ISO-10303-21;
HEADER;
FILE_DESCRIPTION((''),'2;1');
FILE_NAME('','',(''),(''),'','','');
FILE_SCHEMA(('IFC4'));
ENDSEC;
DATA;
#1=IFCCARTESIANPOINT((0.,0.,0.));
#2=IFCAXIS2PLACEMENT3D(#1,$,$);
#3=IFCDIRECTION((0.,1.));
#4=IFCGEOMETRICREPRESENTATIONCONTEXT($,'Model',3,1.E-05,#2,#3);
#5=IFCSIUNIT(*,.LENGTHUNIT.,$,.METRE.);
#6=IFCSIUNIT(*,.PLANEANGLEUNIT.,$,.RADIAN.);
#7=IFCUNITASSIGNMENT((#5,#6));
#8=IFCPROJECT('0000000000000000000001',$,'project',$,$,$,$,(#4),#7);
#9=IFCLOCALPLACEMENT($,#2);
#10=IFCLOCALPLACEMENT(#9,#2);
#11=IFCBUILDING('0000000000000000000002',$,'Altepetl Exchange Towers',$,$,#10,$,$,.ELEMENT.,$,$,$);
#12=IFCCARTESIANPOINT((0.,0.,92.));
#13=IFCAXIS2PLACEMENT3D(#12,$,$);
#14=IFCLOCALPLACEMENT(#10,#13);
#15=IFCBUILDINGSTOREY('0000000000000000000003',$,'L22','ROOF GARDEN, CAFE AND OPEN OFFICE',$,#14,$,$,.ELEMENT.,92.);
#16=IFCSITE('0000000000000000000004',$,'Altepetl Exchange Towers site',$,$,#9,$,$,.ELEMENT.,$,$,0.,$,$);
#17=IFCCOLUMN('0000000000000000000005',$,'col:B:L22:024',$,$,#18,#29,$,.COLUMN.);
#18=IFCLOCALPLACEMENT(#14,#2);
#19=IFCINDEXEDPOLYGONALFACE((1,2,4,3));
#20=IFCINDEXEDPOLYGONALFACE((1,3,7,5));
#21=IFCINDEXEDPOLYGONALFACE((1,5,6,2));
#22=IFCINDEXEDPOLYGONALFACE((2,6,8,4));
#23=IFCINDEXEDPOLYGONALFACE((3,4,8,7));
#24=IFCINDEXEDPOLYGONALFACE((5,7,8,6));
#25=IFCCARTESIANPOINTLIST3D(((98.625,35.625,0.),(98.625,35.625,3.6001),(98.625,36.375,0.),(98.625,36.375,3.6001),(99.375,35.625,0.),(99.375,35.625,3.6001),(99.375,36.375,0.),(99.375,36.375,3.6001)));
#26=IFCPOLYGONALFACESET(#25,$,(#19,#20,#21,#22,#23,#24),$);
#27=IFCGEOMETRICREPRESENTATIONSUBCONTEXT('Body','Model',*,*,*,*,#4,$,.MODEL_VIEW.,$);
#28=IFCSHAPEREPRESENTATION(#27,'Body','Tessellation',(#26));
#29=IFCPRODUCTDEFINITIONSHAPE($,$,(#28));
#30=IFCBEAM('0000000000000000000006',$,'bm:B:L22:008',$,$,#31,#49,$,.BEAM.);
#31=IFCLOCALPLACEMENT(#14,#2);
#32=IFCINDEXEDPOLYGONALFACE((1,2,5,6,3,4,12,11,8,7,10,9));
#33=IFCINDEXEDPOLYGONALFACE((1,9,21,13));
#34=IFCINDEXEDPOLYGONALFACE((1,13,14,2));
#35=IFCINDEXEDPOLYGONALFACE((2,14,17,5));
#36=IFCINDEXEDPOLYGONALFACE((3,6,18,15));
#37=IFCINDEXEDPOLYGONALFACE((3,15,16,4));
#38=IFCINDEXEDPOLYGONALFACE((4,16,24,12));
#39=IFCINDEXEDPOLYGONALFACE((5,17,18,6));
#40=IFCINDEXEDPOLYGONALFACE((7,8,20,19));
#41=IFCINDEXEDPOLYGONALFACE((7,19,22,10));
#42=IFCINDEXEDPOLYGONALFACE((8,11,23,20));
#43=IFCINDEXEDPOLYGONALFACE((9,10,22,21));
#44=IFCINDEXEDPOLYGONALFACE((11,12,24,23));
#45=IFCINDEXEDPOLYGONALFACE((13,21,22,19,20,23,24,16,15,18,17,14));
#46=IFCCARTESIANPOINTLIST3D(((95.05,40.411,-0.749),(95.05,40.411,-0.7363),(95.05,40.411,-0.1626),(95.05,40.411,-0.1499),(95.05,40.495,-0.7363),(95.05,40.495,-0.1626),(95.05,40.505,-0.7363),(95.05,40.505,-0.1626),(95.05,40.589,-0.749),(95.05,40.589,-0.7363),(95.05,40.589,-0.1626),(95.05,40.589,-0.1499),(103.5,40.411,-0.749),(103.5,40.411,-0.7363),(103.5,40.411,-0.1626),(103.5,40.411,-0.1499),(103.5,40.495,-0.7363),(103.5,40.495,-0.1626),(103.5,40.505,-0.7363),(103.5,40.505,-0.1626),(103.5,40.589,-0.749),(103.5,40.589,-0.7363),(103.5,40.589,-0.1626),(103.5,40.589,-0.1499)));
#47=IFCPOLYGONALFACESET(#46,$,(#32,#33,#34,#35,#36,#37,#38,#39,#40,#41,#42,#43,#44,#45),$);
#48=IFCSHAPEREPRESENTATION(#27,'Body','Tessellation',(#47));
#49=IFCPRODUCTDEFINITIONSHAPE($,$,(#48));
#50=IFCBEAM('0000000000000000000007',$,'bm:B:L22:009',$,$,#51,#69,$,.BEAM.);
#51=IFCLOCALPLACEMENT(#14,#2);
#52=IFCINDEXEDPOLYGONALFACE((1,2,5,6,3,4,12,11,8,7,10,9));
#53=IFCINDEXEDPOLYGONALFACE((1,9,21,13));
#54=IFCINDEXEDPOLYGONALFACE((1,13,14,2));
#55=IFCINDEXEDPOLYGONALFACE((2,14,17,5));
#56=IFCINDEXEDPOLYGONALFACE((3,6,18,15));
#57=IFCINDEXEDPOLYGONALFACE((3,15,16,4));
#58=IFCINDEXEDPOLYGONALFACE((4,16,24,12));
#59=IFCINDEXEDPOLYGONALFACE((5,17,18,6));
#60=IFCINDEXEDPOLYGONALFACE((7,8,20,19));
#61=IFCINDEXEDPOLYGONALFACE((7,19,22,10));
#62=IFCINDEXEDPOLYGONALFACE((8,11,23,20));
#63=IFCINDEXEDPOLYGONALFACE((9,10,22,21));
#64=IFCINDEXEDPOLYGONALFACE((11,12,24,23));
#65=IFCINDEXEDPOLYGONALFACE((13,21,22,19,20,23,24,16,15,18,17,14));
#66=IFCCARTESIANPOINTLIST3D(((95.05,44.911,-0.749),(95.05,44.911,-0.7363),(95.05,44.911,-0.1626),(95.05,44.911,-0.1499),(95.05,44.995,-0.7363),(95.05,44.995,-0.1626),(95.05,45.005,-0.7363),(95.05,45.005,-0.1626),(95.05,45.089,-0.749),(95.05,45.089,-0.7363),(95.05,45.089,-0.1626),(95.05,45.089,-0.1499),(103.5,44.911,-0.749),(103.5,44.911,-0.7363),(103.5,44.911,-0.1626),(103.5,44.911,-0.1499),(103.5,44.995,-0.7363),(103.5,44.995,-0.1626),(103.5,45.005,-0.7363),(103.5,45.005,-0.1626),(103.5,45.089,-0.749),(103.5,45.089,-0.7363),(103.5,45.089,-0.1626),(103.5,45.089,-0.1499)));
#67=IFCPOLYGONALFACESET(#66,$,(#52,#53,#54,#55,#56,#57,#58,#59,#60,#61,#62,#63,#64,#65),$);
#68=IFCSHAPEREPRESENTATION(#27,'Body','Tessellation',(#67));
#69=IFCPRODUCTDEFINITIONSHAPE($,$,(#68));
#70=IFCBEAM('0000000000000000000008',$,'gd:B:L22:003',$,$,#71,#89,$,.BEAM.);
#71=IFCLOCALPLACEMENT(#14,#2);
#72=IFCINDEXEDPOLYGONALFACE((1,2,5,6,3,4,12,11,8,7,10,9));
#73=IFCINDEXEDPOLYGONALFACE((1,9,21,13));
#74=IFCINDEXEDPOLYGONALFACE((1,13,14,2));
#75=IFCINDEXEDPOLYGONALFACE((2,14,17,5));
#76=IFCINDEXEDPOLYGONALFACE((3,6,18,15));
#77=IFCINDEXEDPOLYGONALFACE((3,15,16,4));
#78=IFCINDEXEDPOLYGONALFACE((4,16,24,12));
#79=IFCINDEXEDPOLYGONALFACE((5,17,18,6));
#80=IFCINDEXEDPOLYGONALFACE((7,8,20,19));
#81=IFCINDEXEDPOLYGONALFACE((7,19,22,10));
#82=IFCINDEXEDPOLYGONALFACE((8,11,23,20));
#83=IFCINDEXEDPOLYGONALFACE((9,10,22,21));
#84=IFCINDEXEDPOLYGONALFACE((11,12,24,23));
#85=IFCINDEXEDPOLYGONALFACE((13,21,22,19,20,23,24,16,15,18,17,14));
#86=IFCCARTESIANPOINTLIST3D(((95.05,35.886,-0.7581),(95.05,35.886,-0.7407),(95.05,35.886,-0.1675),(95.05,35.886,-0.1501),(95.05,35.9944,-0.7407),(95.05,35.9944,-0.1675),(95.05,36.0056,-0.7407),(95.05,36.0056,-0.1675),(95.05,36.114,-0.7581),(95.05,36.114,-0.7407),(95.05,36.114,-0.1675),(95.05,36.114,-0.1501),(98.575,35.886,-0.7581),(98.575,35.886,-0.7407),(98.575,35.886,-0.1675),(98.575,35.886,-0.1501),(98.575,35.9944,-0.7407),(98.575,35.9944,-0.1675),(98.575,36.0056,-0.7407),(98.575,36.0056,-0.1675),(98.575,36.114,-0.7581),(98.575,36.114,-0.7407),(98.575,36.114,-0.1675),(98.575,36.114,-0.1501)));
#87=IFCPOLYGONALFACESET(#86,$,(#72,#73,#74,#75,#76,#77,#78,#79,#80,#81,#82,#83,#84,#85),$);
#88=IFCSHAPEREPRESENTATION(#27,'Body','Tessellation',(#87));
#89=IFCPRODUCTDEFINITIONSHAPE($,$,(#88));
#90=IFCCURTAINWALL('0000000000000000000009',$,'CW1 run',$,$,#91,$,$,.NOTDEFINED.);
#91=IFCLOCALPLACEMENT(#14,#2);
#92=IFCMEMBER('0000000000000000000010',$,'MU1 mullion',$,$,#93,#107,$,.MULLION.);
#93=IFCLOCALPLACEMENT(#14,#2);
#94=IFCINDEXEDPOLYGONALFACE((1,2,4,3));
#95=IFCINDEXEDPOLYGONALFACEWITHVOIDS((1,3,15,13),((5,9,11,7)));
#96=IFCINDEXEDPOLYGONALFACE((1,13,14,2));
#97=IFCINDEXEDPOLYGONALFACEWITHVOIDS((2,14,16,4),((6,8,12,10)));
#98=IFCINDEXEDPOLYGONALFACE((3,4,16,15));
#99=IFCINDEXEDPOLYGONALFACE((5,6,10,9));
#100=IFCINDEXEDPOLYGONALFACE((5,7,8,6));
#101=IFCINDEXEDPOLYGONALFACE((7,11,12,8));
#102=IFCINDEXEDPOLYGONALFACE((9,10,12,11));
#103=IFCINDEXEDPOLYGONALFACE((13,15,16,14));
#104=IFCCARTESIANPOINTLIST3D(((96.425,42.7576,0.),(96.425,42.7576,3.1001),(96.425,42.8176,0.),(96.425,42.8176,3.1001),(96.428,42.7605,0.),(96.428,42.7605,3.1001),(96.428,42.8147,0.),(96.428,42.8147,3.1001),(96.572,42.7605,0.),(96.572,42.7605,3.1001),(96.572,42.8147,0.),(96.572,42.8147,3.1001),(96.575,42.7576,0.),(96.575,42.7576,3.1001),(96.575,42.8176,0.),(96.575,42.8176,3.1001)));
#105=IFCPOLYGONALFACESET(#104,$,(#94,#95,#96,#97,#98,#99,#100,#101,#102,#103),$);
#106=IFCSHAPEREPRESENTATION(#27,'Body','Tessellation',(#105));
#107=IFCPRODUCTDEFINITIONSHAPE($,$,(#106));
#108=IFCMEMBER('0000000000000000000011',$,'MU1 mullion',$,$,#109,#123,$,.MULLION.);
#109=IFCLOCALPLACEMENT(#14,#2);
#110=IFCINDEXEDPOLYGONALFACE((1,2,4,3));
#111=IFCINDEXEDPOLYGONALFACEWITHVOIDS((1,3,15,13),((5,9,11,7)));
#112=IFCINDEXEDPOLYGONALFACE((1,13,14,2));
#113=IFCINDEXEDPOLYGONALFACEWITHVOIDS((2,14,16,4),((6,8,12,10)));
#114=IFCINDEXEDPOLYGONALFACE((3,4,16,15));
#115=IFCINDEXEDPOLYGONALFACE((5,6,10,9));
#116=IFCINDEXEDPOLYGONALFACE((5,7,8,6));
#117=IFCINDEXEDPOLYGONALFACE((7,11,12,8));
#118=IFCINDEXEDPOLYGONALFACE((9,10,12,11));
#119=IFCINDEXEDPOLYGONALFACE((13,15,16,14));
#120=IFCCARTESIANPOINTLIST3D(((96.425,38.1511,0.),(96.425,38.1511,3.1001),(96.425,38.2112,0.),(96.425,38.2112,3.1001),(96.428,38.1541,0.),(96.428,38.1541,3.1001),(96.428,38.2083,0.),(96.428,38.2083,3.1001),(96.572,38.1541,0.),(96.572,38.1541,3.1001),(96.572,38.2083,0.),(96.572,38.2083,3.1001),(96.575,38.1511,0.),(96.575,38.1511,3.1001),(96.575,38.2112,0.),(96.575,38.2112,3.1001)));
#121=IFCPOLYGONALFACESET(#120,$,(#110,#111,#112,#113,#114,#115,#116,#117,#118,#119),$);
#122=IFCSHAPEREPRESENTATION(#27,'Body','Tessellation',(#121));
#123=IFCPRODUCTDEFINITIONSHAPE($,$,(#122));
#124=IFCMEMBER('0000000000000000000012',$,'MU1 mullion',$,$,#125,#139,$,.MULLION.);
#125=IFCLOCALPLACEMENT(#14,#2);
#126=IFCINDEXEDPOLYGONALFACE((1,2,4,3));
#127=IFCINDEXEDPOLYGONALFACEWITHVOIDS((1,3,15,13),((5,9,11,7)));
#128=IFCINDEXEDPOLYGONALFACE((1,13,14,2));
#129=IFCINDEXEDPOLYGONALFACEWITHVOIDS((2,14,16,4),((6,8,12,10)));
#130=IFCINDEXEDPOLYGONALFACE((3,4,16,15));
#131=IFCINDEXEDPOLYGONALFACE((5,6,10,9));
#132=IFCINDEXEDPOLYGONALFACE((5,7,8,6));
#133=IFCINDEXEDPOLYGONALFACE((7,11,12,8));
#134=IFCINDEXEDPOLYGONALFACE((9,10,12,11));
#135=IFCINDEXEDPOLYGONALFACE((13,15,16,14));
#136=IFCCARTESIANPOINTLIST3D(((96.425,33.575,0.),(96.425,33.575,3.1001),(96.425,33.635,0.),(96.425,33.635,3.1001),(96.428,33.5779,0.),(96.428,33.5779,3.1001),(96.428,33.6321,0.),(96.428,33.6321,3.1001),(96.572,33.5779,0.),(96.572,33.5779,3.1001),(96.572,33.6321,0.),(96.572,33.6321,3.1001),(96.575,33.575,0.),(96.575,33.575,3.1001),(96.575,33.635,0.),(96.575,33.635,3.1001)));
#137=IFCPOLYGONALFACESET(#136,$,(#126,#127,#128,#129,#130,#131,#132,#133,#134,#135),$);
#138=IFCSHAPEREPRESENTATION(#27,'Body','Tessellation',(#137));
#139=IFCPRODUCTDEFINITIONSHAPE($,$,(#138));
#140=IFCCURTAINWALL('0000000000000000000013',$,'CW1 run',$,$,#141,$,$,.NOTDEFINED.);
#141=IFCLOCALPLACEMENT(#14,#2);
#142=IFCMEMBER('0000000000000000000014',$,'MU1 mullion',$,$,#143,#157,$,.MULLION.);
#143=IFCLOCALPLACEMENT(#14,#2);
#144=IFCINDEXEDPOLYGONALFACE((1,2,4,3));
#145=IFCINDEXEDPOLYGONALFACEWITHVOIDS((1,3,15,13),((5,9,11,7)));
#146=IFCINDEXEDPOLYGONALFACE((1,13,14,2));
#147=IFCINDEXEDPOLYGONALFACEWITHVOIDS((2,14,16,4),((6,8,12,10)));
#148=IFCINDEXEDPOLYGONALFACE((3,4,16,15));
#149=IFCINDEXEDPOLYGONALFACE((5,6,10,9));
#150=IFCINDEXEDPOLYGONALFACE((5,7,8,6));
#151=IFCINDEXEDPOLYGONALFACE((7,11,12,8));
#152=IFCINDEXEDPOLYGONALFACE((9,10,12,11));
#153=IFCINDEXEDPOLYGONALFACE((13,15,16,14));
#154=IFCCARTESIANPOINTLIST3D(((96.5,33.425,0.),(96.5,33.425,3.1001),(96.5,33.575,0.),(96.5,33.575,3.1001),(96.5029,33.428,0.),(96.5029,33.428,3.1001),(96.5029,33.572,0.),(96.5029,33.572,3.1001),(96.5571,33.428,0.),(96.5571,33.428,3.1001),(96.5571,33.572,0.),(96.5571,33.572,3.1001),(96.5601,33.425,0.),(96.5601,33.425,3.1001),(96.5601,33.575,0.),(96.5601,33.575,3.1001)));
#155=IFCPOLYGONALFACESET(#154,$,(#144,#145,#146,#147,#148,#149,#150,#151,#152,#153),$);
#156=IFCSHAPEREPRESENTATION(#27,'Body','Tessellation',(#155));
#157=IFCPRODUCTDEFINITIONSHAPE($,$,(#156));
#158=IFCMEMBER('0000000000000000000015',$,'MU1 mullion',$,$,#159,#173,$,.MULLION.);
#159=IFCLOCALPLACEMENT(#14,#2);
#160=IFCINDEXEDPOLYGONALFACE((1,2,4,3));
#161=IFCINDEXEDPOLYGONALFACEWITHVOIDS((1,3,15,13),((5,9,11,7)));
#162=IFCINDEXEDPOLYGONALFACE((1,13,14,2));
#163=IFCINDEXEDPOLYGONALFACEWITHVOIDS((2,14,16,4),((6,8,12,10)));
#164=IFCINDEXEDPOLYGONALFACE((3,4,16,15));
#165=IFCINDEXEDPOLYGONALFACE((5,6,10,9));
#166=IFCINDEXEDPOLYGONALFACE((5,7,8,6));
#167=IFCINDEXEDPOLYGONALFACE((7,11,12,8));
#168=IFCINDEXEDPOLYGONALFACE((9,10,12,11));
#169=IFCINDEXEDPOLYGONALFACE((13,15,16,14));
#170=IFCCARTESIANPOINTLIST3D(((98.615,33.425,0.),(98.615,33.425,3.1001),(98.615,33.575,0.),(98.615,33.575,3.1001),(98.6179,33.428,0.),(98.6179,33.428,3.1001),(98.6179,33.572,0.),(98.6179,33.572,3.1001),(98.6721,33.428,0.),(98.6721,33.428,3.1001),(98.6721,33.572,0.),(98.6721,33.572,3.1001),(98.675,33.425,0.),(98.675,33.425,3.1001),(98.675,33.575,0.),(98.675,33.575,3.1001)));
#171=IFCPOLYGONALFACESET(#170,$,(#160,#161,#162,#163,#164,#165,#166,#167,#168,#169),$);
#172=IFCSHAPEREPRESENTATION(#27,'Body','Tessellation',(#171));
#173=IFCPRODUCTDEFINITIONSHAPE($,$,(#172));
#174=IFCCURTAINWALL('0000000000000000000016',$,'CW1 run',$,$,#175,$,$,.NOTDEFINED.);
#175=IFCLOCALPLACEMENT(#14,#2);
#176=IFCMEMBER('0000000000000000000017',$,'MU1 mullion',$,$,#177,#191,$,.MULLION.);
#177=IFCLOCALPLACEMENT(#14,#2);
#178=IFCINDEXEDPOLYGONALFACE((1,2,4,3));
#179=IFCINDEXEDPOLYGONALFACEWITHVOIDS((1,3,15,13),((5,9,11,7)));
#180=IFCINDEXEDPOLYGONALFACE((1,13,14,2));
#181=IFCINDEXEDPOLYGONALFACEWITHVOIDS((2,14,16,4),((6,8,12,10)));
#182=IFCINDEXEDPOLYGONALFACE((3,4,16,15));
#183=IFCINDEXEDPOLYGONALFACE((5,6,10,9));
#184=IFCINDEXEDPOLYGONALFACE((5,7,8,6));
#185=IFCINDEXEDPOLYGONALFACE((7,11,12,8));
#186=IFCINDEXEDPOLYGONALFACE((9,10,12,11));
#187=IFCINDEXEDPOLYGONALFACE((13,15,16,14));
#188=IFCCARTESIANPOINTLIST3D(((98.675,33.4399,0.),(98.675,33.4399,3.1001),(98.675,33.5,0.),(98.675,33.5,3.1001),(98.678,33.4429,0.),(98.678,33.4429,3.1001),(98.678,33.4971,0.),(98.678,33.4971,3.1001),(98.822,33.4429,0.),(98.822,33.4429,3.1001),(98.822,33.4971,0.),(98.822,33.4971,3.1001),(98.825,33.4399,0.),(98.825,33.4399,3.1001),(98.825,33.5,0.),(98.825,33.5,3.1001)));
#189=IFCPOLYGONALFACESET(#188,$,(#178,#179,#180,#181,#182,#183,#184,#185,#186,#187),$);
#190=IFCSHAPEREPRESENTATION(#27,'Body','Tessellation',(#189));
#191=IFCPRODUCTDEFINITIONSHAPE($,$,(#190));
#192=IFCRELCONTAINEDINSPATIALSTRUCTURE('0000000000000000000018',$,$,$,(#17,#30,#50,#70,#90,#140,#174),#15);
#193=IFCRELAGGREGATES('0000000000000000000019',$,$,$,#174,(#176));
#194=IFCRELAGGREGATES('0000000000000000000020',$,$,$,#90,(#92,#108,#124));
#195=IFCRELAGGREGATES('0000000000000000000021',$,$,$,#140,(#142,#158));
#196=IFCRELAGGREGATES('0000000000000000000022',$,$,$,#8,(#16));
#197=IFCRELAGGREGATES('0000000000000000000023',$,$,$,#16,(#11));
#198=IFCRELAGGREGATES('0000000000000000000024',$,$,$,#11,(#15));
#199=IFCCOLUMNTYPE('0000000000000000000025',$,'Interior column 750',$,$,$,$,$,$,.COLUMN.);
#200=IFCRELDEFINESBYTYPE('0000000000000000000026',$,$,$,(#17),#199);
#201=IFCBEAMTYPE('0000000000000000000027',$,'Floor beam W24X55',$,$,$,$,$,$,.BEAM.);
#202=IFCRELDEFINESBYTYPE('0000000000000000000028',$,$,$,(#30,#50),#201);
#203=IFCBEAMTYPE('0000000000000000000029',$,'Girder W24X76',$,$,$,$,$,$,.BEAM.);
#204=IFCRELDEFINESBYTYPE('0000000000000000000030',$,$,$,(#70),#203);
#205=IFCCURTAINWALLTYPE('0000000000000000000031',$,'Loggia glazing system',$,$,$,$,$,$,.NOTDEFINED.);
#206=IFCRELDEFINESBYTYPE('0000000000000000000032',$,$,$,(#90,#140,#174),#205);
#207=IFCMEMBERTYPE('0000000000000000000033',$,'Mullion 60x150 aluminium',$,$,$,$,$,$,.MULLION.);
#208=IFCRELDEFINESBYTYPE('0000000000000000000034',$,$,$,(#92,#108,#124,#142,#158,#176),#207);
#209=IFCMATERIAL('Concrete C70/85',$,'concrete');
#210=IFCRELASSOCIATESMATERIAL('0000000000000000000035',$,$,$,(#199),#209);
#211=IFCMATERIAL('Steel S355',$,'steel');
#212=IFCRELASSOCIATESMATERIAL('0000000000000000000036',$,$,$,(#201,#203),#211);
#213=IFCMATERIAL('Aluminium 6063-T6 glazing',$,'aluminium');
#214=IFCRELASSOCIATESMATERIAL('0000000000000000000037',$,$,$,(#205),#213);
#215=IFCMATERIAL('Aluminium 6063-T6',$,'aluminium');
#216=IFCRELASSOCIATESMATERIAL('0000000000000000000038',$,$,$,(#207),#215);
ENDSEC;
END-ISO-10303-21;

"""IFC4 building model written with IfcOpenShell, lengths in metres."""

from ifc_helpers import new_model, si_unit, direction, frame, origin, origin_2d, place, context, subcontext, project, spatial, rectangle, hollow_rectangle, i_section, extrude, material, material_profile, profile_set, type_object, element, aggregate, save


model = new_model("IFC4")

# Units and contexts
model_context = context("Model", 3, precision=1e-05, world=origin(), true_north=direction((0.0, 1.0)))
body_context = subcontext(model_context, "Body", "Model", "MODEL_VIEW")
ifc_project = project(units=[si_unit("LENGTHUNIT", "METRE"), si_unit("PLANEANGLEUNIT", "RADIAN")], contexts=[model_context])

# Site, building, storey
site_placement = place(None, origin())
site = spatial("IfcSite", under=ifc_project, at=site_placement, Name="Altepetl Exchange Towers site", CompositionType="ELEMENT", RefElevation=0.0)
building_placement = place(site_placement, origin())
building = spatial("IfcBuilding", under=site, at=building_placement, Name="Altepetl Exchange Towers", CompositionType="ELEMENT")
storey_placement = place(building_placement, frame((0.0, 0.0, 92.0)))
storey = spatial("IfcBuildingStorey", under=building, at=storey_placement, Name="L22", Description="ROOF GARDEN, CAFE AND OPEN OFFICE", CompositionType="ELEMENT", Elevation=92.0)

# Column
ifc_material_1 = material(Name="Concrete C70/85", Category="concrete")
ifc_material_profile_1 = material_profile(ifc_material_1, rectangle(XDim=0.75, YDim=0.75, at=origin_2d()), Name="750 x 750")
ifc_profile_set_1 = profile_set([ifc_material_profile_1], Name="Concrete C70/85")
column_type = type_object("IfcColumnType", Name="Interior column 750", PredefinedType="COLUMN", material=ifc_profile_set_1)
column_placement = place(storey_placement, frame((99.0, 36.0, 0.0)))
element("IfcColumn", 1, at=column_placement, inside=storey, type_object=column_type, Name="col:B:L22:024", PredefinedType="COLUMN", context=body_context, shape_type="SweptSolid", body=[
    extrude(rectangle(XDim=0.75, YDim=0.75, at=origin_2d()), origin(), (0.0, 0.0, 1.0), 3.6001),
])

# Beams
ifc_material_2 = material(Name="Steel S355", Category="steel")
ifc_material_profile_2 = material_profile(ifc_material_2, i_section(OverallWidth=0.178, OverallDepth=0.5991, WebThickness=0.01, FlangeThickness=0.0127, at=origin_2d()), Name="W24X55")
ifc_profile_set_2 = profile_set([ifc_material_profile_2], Name="Steel S355")
beam_type_1 = type_object("IfcBeamType", Name="Floor beam W24X55", PredefinedType="BEAM", material=ifc_profile_set_2)
for number, where, z_axis, x_axis, name in (
    (2, (95.05, 40.5, -0.4495), (1.0, 0.0, 0.0), (0.0, 1.0, 0.0), "bm:B:L22:008"),
    (3, (95.05, 45.0, -0.4495), (1.0, 0.0, 0.0), (0.0, 1.0, 0.0), "bm:B:L22:009"),
):
    element("IfcBeam", number, at=place(storey_placement, frame(where, z_axis=z_axis, x_axis=x_axis)), inside=storey, type_object=beam_type_1, Name=name, PredefinedType="BEAM", context=body_context, shape_type="SweptSolid", body=[
        extrude(i_section(OverallWidth=0.178, OverallDepth=0.5991, WebThickness=0.01, FlangeThickness=0.0127, at=origin_2d()), origin(), (0.0, 0.0, 1.0), 8.45),
    ])
ifc_material_profile_3 = material_profile(ifc_material_2, i_section(OverallWidth=0.228, OverallDepth=0.6079, WebThickness=0.0112, FlangeThickness=0.0173, at=origin_2d()), Name="W24X76")
ifc_profile_set_3 = profile_set([ifc_material_profile_3], Name="Steel S355")
beam_type_2 = type_object("IfcBeamType", Name="Girder W24X76", PredefinedType="BEAM", material=ifc_profile_set_3)
beam_placement = place(storey_placement, frame((98.575, 36.0, -0.4541), z_axis=(-1.0, 0.0, 0.0), x_axis=(0.0, -1.0, 0.0)))
element("IfcBeam", 4, at=beam_placement, inside=storey, type_object=beam_type_2, Name="gd:B:L22:003", PredefinedType="BEAM", context=body_context, shape_type="SweptSolid", body=[
    extrude(i_section(OverallWidth=0.228, OverallDepth=0.6079, WebThickness=0.0112, FlangeThickness=0.0173, at=origin_2d()), origin(), (0.0, 0.0, 1.0), 3.5249),
])

# Curtain walls, members
ifc_material_3 = material(Name="Aluminium 6063-T6 glazing", Category="aluminium")
curtain_wall_type = type_object("IfcCurtainWallType", Name="Loggia glazing system", PredefinedType="NOTDEFINED", material=ifc_material_3)
curtain_wall_1_placement = place(storey_placement, origin())
curtain_wall_1 = element("IfcCurtainWall", 5, at=curtain_wall_1_placement, inside=storey, type_object=curtain_wall_type, Name="CW1 run", PredefinedType="NOTDEFINED")
ifc_material_4 = material(Name="Aluminium 6063-T6", Category="aluminium")
ifc_material_profile_4 = material_profile(ifc_material_4, hollow_rectangle(XDim=0.0601, YDim=0.1499, WallThickness=0.0029, at=origin_2d()), Name="Mullion 60x150 aluminium")
ifc_profile_set_4 = profile_set([ifc_material_profile_4], Name="Aluminium 6063-T6")
member_type = type_object("IfcMemberType", Name="Mullion 60x150 aluminium", PredefinedType="MULLION", material=ifc_profile_set_4)
member_1_placement = place(storey_placement, frame((96.5, 42.7876, 0.0), z_axis=(0.0, 0.0, 1.0), x_axis=(0.0, -1.0, 0.0)))
member_1 = element("IfcMember", 6, at=member_1_placement, type_object=member_type, Name="MU1 mullion", PredefinedType="MULLION", context=body_context, shape_type="SweptSolid", body=[
    extrude(hollow_rectangle(XDim=0.0601, YDim=0.1499, WallThickness=0.0029, at=origin_2d()), origin(), (0.0, 0.0, 1.0), 3.1001),
])
member_2_placement = place(storey_placement, frame((96.5, 38.1812, 0.0), z_axis=(0.0, 0.0, 1.0), x_axis=(0.0, -1.0, 0.0)))
member_2 = element("IfcMember", 7, at=member_2_placement, type_object=member_type, Name="MU1 mullion", PredefinedType="MULLION", context=body_context, shape_type="SweptSolid", body=[
    extrude(hollow_rectangle(XDim=0.0601, YDim=0.1499, WallThickness=0.0029, at=origin_2d()), origin(), (0.0, 0.0, 1.0), 3.1001),
])
member_3_placement = place(storey_placement, frame((96.5, 33.605, 0.0), z_axis=(0.0, 0.0, 1.0), x_axis=(0.0, -1.0, 0.0)))
member_3 = element("IfcMember", 8, at=member_3_placement, type_object=member_type, Name="MU1 mullion", PredefinedType="MULLION", context=body_context, shape_type="SweptSolid", body=[
    extrude(hollow_rectangle(XDim=0.0601, YDim=0.1499, WallThickness=0.0029, at=origin_2d()), origin(), (0.0, 0.0, 1.0), 3.1001),
])
curtain_wall_2_placement = place(storey_placement, origin())
curtain_wall_2 = element("IfcCurtainWall", 9, at=curtain_wall_2_placement, inside=storey, type_object=curtain_wall_type, Name="CW1 run", PredefinedType="NOTDEFINED")
member_4_placement = place(storey_placement, frame((96.53, 33.5, 0.0)))
member_4 = element("IfcMember", 10, at=member_4_placement, type_object=member_type, Name="MU1 mullion", PredefinedType="MULLION", context=body_context, shape_type="SweptSolid", body=[
    extrude(hollow_rectangle(XDim=0.0601, YDim=0.1499, WallThickness=0.0029, at=origin_2d()), origin(), (0.0, 0.0, 1.0), 3.1001),
])
member_5_placement = place(storey_placement, frame((98.645, 33.5, 0.0)))
member_5 = element("IfcMember", 11, at=member_5_placement, type_object=member_type, Name="MU1 mullion", PredefinedType="MULLION", context=body_context, shape_type="SweptSolid", body=[
    extrude(hollow_rectangle(XDim=0.0601, YDim=0.1499, WallThickness=0.0029, at=origin_2d()), origin(), (0.0, 0.0, 1.0), 3.1001),
])

# Curtain wall, member
curtain_wall_3_placement = place(storey_placement, origin())
curtain_wall_3 = element("IfcCurtainWall", 12, at=curtain_wall_3_placement, inside=storey, type_object=curtain_wall_type, Name="CW1 run", PredefinedType="NOTDEFINED")
member_6_placement = place(storey_placement, frame((98.75, 33.47, 0.0), z_axis=(0.0, 0.0, 1.0), x_axis=(0.0, -1.0, 0.0)))
member_6 = element("IfcMember", 13, at=member_6_placement, type_object=member_type, Name="MU1 mullion", PredefinedType="MULLION", context=body_context, shape_type="SweptSolid", body=[
    extrude(hollow_rectangle(XDim=0.0601, YDim=0.1499, WallThickness=0.0029, at=origin_2d()), origin(), (0.0, 0.0, 1.0), 3.1001),
])
aggregate(curtain_wall_3, [member_6])

aggregate(curtain_wall_1, [member_1, member_2, member_3])
aggregate(curtain_wall_2, [member_4, member_5])

save(model, "model.ifc")
